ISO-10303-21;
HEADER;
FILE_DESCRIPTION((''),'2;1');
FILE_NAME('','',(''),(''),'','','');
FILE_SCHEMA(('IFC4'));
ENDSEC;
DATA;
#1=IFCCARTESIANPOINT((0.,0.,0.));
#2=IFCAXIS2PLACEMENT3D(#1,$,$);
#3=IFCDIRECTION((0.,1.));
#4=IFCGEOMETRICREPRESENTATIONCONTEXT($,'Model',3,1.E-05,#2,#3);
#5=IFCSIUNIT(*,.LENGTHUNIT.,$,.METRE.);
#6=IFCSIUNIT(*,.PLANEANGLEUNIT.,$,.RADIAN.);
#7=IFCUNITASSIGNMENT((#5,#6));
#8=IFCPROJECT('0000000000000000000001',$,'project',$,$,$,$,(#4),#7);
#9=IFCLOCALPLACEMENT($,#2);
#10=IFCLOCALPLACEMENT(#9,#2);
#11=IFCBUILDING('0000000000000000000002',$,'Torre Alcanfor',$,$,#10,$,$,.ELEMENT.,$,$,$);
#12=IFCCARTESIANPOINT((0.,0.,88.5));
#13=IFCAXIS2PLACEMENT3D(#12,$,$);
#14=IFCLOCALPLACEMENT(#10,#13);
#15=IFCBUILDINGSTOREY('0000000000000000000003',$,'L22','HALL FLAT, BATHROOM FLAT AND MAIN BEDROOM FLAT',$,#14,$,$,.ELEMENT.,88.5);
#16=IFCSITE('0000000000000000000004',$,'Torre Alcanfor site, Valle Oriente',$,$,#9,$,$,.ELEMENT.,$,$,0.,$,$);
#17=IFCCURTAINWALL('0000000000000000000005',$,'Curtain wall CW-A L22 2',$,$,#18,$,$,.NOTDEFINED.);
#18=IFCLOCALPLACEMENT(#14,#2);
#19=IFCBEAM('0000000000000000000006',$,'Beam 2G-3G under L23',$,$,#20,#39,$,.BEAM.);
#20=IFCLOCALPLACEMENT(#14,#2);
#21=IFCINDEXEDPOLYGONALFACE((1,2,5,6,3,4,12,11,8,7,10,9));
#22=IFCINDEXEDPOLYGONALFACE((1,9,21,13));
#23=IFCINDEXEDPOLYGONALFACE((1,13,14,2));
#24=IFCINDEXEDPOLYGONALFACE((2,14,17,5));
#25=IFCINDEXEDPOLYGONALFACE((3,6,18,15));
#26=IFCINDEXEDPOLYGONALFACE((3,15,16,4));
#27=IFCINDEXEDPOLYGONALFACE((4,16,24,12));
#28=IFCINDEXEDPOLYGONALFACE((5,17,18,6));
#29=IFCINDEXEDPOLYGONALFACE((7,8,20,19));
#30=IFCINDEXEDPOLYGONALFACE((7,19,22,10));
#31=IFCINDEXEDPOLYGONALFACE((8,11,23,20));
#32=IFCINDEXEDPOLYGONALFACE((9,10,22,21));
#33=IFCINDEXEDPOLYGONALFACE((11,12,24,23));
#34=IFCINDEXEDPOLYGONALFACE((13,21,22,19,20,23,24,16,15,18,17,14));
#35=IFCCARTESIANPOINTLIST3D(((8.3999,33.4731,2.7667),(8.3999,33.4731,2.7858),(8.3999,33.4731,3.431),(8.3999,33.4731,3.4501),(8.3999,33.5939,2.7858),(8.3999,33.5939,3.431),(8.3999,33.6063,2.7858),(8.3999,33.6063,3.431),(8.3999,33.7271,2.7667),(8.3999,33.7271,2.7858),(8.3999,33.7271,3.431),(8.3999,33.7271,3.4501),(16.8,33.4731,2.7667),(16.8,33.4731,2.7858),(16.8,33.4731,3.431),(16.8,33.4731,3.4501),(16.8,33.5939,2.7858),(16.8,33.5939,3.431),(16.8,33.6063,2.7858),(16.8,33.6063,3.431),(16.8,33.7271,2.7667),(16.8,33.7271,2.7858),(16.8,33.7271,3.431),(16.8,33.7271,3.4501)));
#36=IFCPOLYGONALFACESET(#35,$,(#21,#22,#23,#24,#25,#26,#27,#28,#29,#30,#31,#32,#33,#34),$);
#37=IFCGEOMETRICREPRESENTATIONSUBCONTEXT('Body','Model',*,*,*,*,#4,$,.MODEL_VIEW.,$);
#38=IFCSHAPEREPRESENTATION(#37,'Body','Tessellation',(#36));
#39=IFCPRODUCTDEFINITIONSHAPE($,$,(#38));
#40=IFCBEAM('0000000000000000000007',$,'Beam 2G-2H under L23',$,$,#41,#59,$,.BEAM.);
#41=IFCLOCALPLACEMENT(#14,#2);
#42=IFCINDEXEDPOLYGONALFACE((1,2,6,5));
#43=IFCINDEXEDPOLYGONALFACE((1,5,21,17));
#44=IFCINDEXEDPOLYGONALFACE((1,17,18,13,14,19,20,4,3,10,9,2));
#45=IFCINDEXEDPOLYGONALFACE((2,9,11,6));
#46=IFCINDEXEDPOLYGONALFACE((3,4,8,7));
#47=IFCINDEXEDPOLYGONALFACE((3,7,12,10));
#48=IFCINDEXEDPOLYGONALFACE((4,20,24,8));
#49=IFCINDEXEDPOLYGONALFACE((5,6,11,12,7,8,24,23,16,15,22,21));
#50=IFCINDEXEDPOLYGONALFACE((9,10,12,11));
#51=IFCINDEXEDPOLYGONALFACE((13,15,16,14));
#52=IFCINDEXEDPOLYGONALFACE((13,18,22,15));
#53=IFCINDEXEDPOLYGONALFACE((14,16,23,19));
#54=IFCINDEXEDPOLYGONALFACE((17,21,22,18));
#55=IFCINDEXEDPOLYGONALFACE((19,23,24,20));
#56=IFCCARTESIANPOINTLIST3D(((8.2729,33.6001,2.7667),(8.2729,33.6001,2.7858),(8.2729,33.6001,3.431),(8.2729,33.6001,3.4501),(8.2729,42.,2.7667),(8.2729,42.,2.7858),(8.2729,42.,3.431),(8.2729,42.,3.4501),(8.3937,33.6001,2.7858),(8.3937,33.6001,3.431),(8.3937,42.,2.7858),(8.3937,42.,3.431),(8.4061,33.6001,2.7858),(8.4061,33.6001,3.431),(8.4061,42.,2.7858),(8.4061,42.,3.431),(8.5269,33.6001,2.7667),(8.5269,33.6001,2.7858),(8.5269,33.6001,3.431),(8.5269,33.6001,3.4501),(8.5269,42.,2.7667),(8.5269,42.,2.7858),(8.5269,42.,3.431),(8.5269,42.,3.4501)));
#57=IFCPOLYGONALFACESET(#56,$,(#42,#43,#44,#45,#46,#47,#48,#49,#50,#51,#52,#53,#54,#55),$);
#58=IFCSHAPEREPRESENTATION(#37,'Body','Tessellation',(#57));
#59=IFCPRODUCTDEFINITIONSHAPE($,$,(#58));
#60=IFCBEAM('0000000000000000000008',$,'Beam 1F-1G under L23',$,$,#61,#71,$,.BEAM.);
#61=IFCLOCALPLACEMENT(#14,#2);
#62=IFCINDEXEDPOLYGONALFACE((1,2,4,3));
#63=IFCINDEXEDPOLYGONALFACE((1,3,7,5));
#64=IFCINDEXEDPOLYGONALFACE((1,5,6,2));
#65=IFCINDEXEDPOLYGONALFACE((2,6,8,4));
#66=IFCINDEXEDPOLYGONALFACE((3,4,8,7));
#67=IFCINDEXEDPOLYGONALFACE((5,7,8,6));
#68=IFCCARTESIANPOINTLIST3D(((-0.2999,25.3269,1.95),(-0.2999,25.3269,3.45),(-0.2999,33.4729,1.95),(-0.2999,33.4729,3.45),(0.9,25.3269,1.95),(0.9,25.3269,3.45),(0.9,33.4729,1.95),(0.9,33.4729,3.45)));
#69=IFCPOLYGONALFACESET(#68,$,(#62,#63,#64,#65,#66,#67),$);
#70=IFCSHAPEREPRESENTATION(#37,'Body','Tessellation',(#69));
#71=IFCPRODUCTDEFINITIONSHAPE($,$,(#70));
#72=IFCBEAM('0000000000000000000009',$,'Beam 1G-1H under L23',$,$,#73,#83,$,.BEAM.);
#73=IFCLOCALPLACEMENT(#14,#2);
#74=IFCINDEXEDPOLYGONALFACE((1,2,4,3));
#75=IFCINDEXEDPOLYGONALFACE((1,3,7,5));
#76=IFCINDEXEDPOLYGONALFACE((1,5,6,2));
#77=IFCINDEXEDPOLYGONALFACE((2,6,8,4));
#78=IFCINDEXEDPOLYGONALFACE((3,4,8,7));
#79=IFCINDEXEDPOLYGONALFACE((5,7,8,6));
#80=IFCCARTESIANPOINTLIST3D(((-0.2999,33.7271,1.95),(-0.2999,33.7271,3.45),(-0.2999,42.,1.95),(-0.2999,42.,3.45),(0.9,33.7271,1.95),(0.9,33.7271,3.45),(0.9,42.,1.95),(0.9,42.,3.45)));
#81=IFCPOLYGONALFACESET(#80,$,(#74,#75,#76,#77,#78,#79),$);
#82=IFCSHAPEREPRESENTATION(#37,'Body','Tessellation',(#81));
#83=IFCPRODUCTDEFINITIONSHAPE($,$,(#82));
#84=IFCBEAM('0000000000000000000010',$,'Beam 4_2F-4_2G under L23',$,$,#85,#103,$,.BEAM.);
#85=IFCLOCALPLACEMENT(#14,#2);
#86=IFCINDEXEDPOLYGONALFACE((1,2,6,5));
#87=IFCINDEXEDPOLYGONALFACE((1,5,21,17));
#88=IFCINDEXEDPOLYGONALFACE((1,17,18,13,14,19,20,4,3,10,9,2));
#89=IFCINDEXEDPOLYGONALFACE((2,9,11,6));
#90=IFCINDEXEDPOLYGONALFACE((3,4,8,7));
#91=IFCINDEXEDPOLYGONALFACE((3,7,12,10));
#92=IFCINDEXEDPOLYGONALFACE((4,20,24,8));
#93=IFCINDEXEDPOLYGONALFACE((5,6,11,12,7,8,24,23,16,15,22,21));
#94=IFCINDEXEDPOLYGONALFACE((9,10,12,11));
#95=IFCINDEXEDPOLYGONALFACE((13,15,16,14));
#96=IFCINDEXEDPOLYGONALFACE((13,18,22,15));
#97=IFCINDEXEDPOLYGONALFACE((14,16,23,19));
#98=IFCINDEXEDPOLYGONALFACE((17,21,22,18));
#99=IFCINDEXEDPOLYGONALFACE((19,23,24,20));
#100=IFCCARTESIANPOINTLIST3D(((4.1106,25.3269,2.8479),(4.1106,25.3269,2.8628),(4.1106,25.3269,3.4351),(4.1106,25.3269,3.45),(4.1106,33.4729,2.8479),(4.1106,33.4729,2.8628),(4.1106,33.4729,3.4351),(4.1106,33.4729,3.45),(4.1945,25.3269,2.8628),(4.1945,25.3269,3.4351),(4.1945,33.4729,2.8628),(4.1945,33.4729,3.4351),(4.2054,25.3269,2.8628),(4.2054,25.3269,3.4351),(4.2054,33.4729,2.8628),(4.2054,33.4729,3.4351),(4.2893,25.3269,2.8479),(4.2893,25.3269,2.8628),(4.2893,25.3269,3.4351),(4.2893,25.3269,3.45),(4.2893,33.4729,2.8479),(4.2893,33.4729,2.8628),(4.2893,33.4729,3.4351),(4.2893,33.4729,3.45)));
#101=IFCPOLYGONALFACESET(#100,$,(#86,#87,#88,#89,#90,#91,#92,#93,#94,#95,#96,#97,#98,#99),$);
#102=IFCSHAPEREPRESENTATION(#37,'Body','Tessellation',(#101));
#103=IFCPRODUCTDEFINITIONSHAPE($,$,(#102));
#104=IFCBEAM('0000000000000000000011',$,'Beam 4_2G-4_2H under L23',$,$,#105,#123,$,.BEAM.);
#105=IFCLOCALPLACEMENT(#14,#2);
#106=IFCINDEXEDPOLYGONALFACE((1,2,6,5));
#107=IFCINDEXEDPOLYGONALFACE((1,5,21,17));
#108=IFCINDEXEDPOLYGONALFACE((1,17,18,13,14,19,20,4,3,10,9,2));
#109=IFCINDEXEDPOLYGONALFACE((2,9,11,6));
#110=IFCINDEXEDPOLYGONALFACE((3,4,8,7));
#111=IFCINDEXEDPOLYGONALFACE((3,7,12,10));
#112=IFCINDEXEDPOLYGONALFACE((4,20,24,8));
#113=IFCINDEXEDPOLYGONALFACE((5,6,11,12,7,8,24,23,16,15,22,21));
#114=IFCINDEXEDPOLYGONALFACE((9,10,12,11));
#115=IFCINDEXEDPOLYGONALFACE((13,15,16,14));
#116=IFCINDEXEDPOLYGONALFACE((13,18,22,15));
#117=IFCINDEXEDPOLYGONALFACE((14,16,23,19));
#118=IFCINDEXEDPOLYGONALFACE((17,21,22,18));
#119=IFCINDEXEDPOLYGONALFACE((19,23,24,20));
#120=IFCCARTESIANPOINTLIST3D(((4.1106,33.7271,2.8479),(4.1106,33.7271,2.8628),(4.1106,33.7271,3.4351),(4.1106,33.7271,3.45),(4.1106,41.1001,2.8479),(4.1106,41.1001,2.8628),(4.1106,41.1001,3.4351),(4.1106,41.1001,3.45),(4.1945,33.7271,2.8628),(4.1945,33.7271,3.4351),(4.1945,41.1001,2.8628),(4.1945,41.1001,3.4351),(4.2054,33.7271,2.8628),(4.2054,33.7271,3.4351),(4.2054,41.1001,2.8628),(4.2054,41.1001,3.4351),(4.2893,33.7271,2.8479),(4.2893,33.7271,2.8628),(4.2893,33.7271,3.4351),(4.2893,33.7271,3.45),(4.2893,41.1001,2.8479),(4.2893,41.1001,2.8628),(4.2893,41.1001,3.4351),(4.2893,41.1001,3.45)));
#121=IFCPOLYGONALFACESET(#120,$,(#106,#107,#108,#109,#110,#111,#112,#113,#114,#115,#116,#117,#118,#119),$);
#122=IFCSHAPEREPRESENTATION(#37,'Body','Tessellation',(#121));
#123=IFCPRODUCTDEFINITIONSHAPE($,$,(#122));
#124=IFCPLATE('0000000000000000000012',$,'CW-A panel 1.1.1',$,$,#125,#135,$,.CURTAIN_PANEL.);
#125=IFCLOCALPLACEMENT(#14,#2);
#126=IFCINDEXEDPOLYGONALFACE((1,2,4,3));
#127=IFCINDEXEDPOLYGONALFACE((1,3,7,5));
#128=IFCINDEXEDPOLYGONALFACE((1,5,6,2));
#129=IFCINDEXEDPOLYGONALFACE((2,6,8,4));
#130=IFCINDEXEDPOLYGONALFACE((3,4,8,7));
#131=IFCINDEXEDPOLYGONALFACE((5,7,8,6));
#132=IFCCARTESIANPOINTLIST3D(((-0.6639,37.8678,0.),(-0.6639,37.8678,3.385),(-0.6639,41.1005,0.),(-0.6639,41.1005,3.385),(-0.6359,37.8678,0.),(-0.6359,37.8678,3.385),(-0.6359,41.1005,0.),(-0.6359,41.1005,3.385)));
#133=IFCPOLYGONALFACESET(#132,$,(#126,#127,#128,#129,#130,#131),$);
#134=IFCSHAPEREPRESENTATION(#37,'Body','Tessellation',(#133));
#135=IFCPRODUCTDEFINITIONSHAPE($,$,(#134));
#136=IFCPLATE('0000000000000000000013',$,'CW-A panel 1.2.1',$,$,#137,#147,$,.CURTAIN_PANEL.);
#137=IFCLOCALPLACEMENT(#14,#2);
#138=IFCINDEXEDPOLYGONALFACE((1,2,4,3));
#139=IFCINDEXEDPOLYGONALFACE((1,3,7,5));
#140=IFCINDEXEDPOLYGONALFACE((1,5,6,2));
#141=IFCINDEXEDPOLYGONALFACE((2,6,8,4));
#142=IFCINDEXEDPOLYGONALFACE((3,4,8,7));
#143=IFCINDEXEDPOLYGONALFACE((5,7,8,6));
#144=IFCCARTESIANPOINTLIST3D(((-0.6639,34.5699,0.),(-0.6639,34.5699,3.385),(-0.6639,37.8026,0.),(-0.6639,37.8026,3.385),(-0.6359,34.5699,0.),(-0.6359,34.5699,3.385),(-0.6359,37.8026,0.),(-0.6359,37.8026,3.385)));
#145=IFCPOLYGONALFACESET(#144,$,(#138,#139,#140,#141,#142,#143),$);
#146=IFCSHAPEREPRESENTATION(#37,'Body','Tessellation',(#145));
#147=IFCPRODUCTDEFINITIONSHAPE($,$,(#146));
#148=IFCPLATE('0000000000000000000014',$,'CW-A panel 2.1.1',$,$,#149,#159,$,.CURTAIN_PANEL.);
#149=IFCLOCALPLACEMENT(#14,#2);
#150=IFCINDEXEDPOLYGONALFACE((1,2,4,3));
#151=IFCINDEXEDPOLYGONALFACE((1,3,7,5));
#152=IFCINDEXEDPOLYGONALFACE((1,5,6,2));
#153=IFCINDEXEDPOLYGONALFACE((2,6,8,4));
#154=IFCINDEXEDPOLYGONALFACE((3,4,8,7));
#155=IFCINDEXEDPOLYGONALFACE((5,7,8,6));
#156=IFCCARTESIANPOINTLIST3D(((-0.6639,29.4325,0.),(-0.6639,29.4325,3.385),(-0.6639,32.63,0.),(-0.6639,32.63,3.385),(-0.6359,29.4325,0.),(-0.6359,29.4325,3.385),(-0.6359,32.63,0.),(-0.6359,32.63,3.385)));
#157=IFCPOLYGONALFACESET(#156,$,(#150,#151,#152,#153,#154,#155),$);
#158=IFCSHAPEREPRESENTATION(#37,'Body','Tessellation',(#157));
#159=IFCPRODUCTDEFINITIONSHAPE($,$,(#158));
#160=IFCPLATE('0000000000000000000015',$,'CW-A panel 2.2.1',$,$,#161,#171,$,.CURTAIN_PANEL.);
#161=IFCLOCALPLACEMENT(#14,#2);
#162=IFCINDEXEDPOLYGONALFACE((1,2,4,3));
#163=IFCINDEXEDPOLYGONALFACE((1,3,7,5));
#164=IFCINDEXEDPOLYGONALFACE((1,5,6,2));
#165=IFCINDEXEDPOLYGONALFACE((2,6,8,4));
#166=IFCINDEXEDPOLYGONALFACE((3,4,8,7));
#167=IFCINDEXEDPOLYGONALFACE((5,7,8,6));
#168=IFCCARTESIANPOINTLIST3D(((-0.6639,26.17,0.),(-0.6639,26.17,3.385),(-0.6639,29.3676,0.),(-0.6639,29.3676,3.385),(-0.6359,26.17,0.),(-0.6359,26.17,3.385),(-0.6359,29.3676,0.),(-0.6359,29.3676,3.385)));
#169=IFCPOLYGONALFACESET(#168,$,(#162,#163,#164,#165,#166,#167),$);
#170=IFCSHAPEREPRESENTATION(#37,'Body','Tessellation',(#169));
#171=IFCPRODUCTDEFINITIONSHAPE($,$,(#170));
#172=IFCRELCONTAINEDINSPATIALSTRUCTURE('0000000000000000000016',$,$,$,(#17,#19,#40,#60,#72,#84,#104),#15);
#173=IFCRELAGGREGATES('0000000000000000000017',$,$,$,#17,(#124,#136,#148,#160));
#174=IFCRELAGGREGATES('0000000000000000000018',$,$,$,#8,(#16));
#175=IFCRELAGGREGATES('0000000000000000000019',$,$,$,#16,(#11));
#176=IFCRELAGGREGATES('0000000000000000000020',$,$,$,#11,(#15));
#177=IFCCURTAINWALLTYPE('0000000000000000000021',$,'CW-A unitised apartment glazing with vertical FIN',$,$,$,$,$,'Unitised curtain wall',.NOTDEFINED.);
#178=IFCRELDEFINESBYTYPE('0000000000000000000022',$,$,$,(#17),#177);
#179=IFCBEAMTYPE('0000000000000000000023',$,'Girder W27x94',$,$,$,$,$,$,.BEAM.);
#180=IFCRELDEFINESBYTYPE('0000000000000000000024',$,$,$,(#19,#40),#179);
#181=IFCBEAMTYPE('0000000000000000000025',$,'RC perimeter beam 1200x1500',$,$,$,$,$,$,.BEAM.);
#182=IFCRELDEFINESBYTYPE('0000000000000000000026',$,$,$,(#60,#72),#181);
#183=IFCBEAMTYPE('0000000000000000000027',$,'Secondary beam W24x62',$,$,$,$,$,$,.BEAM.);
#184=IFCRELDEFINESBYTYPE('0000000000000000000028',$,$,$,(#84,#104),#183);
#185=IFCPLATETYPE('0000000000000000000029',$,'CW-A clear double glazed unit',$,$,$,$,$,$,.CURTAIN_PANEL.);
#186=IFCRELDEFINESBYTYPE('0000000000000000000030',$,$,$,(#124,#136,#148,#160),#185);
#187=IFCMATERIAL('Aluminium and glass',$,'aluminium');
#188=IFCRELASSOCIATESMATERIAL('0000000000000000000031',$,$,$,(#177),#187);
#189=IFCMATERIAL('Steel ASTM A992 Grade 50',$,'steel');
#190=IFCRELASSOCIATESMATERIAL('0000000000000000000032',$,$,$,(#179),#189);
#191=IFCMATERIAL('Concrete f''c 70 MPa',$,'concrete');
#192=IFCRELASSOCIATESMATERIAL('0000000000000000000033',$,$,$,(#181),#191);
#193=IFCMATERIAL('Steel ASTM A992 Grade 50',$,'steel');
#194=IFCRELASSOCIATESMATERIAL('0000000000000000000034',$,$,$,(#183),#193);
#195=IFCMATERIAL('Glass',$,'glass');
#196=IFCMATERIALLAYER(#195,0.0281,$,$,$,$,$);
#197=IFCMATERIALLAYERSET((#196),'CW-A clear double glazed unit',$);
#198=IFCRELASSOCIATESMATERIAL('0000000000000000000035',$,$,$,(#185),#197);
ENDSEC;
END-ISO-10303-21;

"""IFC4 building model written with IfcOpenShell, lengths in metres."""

from ifc_helpers import new_model, si_unit, direction, frame, origin, origin_2d, place, context, subcontext, project, spatial, rectangle, i_section, extrude, material, layer, layer_set, material_profile, profile_set, type_object, element, aggregate, save


model = new_model("IFC4")

# Units and contexts
model_context = context("Model", 3, precision=1e-05, world=origin(), true_north=direction((0.0, 1.0)))
body_context = subcontext(model_context, "Body", "Model", "MODEL_VIEW")
ifc_project = project(units=[si_unit("LENGTHUNIT", "METRE"), si_unit("PLANEANGLEUNIT", "RADIAN")], contexts=[model_context])

# Site, building, storey
site_placement = place(None, origin())
site = spatial("IfcSite", under=ifc_project, at=site_placement, Name="Torre Alcanfor site, Valle Oriente", CompositionType="ELEMENT", RefElevation=0.0)
building_placement = place(site_placement, origin())
building = spatial("IfcBuilding", under=site, at=building_placement, Name="Torre Alcanfor", CompositionType="ELEMENT")
storey_placement = place(building_placement, frame((0.0, 0.0, 88.5)))
storey = spatial("IfcBuildingStorey", under=building, at=storey_placement, Name="L22", Description="HALL FLAT, BATHROOM FLAT AND MAIN BEDROOM FLAT", CompositionType="ELEMENT", Elevation=88.5)

# Curtain wall
ifc_material_1 = material(Name="Aluminium and glass", Category="aluminium")
curtain_wall_type = type_object("IfcCurtainWallType", Name="CW-A unitised apartment glazing with vertical FIN", ElementType="Unitised curtain wall", PredefinedType="NOTDEFINED", material=ifc_material_1)
curtain_wall_placement = place(storey_placement, origin())
curtain_wall = element("IfcCurtainWall", 1, at=curtain_wall_placement, inside=storey, type_object=curtain_wall_type, Name="Curtain wall CW-A L22 2", PredefinedType="NOTDEFINED")

# Beams
ifc_material_2 = material(Name="Steel ASTM A992 Grade 50", Category="steel")
ifc_material_profile_1 = material_profile(ifc_material_2, i_section(OverallWidth=0.2539, OverallDepth=0.6833, WebThickness=0.0125, FlangeThickness=0.019, at=origin_2d()), Name="W27x94")
ifc_profile_set_1 = profile_set([ifc_material_profile_1], Name="Steel ASTM A992 Grade 50")
beam_type_1 = type_object("IfcBeamType", Name="Girder W27x94", PredefinedType="BEAM", material=ifc_profile_set_1)
beam_1_placement = place(storey_placement, frame((8.3999, 33.6001, 3.1084), z_axis=(1.0, 0.0, 0.0), x_axis=(0.0, 1.0, 0.0)))
element("IfcBeam", 2, at=beam_1_placement, inside=storey, type_object=beam_type_1, Name="Beam 2G-3G under L23", PredefinedType="BEAM", context=body_context, shape_type="SweptSolid", body=[
    extrude(i_section(OverallWidth=0.2539, OverallDepth=0.6833, WebThickness=0.0125, FlangeThickness=0.019, at=origin_2d()), origin(), (0.0, 0.0, 1.0), 8.4001),
])
beam_2_placement = place(storey_placement, frame((8.3999, 33.6001, 3.1084), z_axis=(0.0, 1.0, 0.0), x_axis=(-1.0, 0.0, 0.0)))
element("IfcBeam", 3, at=beam_2_placement, inside=storey, type_object=beam_type_1, Name="Beam 2G-2H under L23", PredefinedType="BEAM", context=body_context, shape_type="SweptSolid", body=[
    extrude(i_section(OverallWidth=0.2539, OverallDepth=0.6833, WebThickness=0.0125, FlangeThickness=0.019, at=origin_2d()), origin(), (0.0, 0.0, 1.0), 8.3999),
])
ifc_material_3 = material(Name="Concrete f'c 70 MPa", Category="concrete")
ifc_material_profile_2 = material_profile(ifc_material_3, rectangle(XDim=1.2, YDim=1.5, at=origin_2d()), Name="1200x1500")
ifc_profile_set_2 = profile_set([ifc_material_profile_2], Name="Concrete f'c 70 MPa")
beam_type_2 = type_object("IfcBeamType", Name="RC perimeter beam 1200x1500", PredefinedType="BEAM", material=ifc_profile_set_2)
beam_3_placement = place(storey_placement, frame((0.3, 25.3269, 2.7), z_axis=(0.0, 1.0, 0.0), x_axis=(-1.0, 0.0, 0.0)))
element("IfcBeam", 4, at=beam_3_placement, inside=storey, type_object=beam_type_2, Name="Beam 1F-1G under L23", PredefinedType="BEAM", context=body_context, shape_type="SweptSolid", body=[
    extrude(rectangle(XDim=1.2, YDim=1.5, at=origin_2d()), origin(), (0.0, 0.0, 1.0), 8.146),
])
beam_4_placement = place(storey_placement, frame((0.3, 33.7271, 2.7), z_axis=(0.0, 1.0, 0.0), x_axis=(-1.0, 0.0, 0.0)))
element("IfcBeam", 5, at=beam_4_placement, inside=storey, type_object=beam_type_2, Name="Beam 1G-1H under L23", PredefinedType="BEAM", context=body_context, shape_type="SweptSolid", body=[
    extrude(rectangle(XDim=1.2, YDim=1.5, at=origin_2d()), origin(), (0.0, 0.0, 1.0), 8.2729),
])
ifc_material_4 = material(Name="Steel ASTM A992 Grade 50", Category="steel")
ifc_material_profile_3 = material_profile(ifc_material_4, i_section(OverallWidth=0.1787, OverallDepth=0.6021, WebThickness=0.011, FlangeThickness=0.0149, at=origin_2d()), Name="W24x62")
ifc_profile_set_3 = profile_set([ifc_material_profile_3], Name="Steel ASTM A992 Grade 50")
beam_type_3 = type_object("IfcBeamType", Name="Secondary beam W24x62", PredefinedType="BEAM", material=ifc_profile_set_3)
beam_5_placement = place(storey_placement, frame((4.2, 25.3269, 3.1489), z_axis=(0.0, 1.0, 0.0), x_axis=(-1.0, 0.0, 0.0)))
element("IfcBeam", 6, at=beam_5_placement, inside=storey, type_object=beam_type_3, Name="Beam 4_2F-4_2G under L23", PredefinedType="BEAM", context=body_context, shape_type="SweptSolid", body=[
    extrude(i_section(OverallWidth=0.1787, OverallDepth=0.6021, WebThickness=0.011, FlangeThickness=0.0149, at=origin_2d()), origin(), (0.0, 0.0, 1.0), 8.146),
])
beam_6_placement = place(storey_placement, frame((4.2, 33.7271, 3.1489), z_axis=(0.0, 1.0, 0.0), x_axis=(-1.0, 0.0, 0.0)))
element("IfcBeam", 7, at=beam_6_placement, inside=storey, type_object=beam_type_3, Name="Beam 4_2G-4_2H under L23", PredefinedType="BEAM", context=body_context, shape_type="SweptSolid", body=[
    extrude(i_section(OverallWidth=0.1787, OverallDepth=0.6021, WebThickness=0.011, FlangeThickness=0.0149, at=origin_2d()), origin(), (0.0, 0.0, 1.0), 7.373),
])

# Plates
ifc_material_5 = material(Name="Glass", Category="glass")
ifc_layer_1 = layer(ifc_material_5, 0.0281)
ifc_layer_set_1 = layer_set([ifc_layer_1], Name="CW-A clear double glazed unit")
plate_type = type_object("IfcPlateType", Name="CW-A clear double glazed unit", PredefinedType="CURTAIN_PANEL", material=ifc_layer_set_1)
plate_1_placement = place(storey_placement, frame((-0.6499, 39.4841, 0.0), z_axis=(0.0, 0.0, 1.0), x_axis=(0.0, -1.0, 0.0)))
plate_1 = element("IfcPlate", 8, at=plate_1_placement, type_object=plate_type, Name="CW-A panel 1.1.1", PredefinedType="CURTAIN_PANEL", context=body_context, shape_type="SweptSolid", body=[
    extrude(rectangle(XDim=3.2327, YDim=0.0281, at=origin_2d()), origin(), (0.0, 0.0, 1.0), 3.385),
])
plate_2_placement = place(storey_placement, frame((-0.6499, 36.1863, 0.0), z_axis=(0.0, 0.0, 1.0), x_axis=(0.0, -1.0, 0.0)))
plate_2 = element("IfcPlate", 9, at=plate_2_placement, type_object=plate_type, Name="CW-A panel 1.2.1", PredefinedType="CURTAIN_PANEL", context=body_context, shape_type="SweptSolid", body=[
    extrude(rectangle(XDim=3.2327, YDim=0.0281, at=origin_2d()), origin(), (0.0, 0.0, 1.0), 3.385),
])
plate_3_placement = place(storey_placement, frame((-0.6499, 31.0312, 0.0), z_axis=(0.0, 0.0, 1.0), x_axis=(0.0, -1.0, 0.0)))
plate_3 = element("IfcPlate", 10, at=plate_3_placement, type_object=plate_type, Name="CW-A panel 2.1.1", PredefinedType="CURTAIN_PANEL", context=body_context, shape_type="SweptSolid", body=[
    extrude(rectangle(XDim=3.1975, YDim=0.0281, at=origin_2d()), origin(), (0.0, 0.0, 1.0), 3.385),
])
plate_4_placement = place(storey_placement, frame((-0.6499, 27.7688, 0.0), z_axis=(0.0, 0.0, 1.0), x_axis=(0.0, -1.0, 0.0)))
plate_4 = element("IfcPlate", 11, at=plate_4_placement, type_object=plate_type, Name="CW-A panel 2.2.1", PredefinedType="CURTAIN_PANEL", context=body_context, shape_type="SweptSolid", body=[
    extrude(rectangle(XDim=3.1975, YDim=0.0281, at=origin_2d()), origin(), (0.0, 0.0, 1.0), 3.385),
])
aggregate(curtain_wall, [plate_1, plate_2, plate_3, plate_4])

save(model, "model.ifc")
